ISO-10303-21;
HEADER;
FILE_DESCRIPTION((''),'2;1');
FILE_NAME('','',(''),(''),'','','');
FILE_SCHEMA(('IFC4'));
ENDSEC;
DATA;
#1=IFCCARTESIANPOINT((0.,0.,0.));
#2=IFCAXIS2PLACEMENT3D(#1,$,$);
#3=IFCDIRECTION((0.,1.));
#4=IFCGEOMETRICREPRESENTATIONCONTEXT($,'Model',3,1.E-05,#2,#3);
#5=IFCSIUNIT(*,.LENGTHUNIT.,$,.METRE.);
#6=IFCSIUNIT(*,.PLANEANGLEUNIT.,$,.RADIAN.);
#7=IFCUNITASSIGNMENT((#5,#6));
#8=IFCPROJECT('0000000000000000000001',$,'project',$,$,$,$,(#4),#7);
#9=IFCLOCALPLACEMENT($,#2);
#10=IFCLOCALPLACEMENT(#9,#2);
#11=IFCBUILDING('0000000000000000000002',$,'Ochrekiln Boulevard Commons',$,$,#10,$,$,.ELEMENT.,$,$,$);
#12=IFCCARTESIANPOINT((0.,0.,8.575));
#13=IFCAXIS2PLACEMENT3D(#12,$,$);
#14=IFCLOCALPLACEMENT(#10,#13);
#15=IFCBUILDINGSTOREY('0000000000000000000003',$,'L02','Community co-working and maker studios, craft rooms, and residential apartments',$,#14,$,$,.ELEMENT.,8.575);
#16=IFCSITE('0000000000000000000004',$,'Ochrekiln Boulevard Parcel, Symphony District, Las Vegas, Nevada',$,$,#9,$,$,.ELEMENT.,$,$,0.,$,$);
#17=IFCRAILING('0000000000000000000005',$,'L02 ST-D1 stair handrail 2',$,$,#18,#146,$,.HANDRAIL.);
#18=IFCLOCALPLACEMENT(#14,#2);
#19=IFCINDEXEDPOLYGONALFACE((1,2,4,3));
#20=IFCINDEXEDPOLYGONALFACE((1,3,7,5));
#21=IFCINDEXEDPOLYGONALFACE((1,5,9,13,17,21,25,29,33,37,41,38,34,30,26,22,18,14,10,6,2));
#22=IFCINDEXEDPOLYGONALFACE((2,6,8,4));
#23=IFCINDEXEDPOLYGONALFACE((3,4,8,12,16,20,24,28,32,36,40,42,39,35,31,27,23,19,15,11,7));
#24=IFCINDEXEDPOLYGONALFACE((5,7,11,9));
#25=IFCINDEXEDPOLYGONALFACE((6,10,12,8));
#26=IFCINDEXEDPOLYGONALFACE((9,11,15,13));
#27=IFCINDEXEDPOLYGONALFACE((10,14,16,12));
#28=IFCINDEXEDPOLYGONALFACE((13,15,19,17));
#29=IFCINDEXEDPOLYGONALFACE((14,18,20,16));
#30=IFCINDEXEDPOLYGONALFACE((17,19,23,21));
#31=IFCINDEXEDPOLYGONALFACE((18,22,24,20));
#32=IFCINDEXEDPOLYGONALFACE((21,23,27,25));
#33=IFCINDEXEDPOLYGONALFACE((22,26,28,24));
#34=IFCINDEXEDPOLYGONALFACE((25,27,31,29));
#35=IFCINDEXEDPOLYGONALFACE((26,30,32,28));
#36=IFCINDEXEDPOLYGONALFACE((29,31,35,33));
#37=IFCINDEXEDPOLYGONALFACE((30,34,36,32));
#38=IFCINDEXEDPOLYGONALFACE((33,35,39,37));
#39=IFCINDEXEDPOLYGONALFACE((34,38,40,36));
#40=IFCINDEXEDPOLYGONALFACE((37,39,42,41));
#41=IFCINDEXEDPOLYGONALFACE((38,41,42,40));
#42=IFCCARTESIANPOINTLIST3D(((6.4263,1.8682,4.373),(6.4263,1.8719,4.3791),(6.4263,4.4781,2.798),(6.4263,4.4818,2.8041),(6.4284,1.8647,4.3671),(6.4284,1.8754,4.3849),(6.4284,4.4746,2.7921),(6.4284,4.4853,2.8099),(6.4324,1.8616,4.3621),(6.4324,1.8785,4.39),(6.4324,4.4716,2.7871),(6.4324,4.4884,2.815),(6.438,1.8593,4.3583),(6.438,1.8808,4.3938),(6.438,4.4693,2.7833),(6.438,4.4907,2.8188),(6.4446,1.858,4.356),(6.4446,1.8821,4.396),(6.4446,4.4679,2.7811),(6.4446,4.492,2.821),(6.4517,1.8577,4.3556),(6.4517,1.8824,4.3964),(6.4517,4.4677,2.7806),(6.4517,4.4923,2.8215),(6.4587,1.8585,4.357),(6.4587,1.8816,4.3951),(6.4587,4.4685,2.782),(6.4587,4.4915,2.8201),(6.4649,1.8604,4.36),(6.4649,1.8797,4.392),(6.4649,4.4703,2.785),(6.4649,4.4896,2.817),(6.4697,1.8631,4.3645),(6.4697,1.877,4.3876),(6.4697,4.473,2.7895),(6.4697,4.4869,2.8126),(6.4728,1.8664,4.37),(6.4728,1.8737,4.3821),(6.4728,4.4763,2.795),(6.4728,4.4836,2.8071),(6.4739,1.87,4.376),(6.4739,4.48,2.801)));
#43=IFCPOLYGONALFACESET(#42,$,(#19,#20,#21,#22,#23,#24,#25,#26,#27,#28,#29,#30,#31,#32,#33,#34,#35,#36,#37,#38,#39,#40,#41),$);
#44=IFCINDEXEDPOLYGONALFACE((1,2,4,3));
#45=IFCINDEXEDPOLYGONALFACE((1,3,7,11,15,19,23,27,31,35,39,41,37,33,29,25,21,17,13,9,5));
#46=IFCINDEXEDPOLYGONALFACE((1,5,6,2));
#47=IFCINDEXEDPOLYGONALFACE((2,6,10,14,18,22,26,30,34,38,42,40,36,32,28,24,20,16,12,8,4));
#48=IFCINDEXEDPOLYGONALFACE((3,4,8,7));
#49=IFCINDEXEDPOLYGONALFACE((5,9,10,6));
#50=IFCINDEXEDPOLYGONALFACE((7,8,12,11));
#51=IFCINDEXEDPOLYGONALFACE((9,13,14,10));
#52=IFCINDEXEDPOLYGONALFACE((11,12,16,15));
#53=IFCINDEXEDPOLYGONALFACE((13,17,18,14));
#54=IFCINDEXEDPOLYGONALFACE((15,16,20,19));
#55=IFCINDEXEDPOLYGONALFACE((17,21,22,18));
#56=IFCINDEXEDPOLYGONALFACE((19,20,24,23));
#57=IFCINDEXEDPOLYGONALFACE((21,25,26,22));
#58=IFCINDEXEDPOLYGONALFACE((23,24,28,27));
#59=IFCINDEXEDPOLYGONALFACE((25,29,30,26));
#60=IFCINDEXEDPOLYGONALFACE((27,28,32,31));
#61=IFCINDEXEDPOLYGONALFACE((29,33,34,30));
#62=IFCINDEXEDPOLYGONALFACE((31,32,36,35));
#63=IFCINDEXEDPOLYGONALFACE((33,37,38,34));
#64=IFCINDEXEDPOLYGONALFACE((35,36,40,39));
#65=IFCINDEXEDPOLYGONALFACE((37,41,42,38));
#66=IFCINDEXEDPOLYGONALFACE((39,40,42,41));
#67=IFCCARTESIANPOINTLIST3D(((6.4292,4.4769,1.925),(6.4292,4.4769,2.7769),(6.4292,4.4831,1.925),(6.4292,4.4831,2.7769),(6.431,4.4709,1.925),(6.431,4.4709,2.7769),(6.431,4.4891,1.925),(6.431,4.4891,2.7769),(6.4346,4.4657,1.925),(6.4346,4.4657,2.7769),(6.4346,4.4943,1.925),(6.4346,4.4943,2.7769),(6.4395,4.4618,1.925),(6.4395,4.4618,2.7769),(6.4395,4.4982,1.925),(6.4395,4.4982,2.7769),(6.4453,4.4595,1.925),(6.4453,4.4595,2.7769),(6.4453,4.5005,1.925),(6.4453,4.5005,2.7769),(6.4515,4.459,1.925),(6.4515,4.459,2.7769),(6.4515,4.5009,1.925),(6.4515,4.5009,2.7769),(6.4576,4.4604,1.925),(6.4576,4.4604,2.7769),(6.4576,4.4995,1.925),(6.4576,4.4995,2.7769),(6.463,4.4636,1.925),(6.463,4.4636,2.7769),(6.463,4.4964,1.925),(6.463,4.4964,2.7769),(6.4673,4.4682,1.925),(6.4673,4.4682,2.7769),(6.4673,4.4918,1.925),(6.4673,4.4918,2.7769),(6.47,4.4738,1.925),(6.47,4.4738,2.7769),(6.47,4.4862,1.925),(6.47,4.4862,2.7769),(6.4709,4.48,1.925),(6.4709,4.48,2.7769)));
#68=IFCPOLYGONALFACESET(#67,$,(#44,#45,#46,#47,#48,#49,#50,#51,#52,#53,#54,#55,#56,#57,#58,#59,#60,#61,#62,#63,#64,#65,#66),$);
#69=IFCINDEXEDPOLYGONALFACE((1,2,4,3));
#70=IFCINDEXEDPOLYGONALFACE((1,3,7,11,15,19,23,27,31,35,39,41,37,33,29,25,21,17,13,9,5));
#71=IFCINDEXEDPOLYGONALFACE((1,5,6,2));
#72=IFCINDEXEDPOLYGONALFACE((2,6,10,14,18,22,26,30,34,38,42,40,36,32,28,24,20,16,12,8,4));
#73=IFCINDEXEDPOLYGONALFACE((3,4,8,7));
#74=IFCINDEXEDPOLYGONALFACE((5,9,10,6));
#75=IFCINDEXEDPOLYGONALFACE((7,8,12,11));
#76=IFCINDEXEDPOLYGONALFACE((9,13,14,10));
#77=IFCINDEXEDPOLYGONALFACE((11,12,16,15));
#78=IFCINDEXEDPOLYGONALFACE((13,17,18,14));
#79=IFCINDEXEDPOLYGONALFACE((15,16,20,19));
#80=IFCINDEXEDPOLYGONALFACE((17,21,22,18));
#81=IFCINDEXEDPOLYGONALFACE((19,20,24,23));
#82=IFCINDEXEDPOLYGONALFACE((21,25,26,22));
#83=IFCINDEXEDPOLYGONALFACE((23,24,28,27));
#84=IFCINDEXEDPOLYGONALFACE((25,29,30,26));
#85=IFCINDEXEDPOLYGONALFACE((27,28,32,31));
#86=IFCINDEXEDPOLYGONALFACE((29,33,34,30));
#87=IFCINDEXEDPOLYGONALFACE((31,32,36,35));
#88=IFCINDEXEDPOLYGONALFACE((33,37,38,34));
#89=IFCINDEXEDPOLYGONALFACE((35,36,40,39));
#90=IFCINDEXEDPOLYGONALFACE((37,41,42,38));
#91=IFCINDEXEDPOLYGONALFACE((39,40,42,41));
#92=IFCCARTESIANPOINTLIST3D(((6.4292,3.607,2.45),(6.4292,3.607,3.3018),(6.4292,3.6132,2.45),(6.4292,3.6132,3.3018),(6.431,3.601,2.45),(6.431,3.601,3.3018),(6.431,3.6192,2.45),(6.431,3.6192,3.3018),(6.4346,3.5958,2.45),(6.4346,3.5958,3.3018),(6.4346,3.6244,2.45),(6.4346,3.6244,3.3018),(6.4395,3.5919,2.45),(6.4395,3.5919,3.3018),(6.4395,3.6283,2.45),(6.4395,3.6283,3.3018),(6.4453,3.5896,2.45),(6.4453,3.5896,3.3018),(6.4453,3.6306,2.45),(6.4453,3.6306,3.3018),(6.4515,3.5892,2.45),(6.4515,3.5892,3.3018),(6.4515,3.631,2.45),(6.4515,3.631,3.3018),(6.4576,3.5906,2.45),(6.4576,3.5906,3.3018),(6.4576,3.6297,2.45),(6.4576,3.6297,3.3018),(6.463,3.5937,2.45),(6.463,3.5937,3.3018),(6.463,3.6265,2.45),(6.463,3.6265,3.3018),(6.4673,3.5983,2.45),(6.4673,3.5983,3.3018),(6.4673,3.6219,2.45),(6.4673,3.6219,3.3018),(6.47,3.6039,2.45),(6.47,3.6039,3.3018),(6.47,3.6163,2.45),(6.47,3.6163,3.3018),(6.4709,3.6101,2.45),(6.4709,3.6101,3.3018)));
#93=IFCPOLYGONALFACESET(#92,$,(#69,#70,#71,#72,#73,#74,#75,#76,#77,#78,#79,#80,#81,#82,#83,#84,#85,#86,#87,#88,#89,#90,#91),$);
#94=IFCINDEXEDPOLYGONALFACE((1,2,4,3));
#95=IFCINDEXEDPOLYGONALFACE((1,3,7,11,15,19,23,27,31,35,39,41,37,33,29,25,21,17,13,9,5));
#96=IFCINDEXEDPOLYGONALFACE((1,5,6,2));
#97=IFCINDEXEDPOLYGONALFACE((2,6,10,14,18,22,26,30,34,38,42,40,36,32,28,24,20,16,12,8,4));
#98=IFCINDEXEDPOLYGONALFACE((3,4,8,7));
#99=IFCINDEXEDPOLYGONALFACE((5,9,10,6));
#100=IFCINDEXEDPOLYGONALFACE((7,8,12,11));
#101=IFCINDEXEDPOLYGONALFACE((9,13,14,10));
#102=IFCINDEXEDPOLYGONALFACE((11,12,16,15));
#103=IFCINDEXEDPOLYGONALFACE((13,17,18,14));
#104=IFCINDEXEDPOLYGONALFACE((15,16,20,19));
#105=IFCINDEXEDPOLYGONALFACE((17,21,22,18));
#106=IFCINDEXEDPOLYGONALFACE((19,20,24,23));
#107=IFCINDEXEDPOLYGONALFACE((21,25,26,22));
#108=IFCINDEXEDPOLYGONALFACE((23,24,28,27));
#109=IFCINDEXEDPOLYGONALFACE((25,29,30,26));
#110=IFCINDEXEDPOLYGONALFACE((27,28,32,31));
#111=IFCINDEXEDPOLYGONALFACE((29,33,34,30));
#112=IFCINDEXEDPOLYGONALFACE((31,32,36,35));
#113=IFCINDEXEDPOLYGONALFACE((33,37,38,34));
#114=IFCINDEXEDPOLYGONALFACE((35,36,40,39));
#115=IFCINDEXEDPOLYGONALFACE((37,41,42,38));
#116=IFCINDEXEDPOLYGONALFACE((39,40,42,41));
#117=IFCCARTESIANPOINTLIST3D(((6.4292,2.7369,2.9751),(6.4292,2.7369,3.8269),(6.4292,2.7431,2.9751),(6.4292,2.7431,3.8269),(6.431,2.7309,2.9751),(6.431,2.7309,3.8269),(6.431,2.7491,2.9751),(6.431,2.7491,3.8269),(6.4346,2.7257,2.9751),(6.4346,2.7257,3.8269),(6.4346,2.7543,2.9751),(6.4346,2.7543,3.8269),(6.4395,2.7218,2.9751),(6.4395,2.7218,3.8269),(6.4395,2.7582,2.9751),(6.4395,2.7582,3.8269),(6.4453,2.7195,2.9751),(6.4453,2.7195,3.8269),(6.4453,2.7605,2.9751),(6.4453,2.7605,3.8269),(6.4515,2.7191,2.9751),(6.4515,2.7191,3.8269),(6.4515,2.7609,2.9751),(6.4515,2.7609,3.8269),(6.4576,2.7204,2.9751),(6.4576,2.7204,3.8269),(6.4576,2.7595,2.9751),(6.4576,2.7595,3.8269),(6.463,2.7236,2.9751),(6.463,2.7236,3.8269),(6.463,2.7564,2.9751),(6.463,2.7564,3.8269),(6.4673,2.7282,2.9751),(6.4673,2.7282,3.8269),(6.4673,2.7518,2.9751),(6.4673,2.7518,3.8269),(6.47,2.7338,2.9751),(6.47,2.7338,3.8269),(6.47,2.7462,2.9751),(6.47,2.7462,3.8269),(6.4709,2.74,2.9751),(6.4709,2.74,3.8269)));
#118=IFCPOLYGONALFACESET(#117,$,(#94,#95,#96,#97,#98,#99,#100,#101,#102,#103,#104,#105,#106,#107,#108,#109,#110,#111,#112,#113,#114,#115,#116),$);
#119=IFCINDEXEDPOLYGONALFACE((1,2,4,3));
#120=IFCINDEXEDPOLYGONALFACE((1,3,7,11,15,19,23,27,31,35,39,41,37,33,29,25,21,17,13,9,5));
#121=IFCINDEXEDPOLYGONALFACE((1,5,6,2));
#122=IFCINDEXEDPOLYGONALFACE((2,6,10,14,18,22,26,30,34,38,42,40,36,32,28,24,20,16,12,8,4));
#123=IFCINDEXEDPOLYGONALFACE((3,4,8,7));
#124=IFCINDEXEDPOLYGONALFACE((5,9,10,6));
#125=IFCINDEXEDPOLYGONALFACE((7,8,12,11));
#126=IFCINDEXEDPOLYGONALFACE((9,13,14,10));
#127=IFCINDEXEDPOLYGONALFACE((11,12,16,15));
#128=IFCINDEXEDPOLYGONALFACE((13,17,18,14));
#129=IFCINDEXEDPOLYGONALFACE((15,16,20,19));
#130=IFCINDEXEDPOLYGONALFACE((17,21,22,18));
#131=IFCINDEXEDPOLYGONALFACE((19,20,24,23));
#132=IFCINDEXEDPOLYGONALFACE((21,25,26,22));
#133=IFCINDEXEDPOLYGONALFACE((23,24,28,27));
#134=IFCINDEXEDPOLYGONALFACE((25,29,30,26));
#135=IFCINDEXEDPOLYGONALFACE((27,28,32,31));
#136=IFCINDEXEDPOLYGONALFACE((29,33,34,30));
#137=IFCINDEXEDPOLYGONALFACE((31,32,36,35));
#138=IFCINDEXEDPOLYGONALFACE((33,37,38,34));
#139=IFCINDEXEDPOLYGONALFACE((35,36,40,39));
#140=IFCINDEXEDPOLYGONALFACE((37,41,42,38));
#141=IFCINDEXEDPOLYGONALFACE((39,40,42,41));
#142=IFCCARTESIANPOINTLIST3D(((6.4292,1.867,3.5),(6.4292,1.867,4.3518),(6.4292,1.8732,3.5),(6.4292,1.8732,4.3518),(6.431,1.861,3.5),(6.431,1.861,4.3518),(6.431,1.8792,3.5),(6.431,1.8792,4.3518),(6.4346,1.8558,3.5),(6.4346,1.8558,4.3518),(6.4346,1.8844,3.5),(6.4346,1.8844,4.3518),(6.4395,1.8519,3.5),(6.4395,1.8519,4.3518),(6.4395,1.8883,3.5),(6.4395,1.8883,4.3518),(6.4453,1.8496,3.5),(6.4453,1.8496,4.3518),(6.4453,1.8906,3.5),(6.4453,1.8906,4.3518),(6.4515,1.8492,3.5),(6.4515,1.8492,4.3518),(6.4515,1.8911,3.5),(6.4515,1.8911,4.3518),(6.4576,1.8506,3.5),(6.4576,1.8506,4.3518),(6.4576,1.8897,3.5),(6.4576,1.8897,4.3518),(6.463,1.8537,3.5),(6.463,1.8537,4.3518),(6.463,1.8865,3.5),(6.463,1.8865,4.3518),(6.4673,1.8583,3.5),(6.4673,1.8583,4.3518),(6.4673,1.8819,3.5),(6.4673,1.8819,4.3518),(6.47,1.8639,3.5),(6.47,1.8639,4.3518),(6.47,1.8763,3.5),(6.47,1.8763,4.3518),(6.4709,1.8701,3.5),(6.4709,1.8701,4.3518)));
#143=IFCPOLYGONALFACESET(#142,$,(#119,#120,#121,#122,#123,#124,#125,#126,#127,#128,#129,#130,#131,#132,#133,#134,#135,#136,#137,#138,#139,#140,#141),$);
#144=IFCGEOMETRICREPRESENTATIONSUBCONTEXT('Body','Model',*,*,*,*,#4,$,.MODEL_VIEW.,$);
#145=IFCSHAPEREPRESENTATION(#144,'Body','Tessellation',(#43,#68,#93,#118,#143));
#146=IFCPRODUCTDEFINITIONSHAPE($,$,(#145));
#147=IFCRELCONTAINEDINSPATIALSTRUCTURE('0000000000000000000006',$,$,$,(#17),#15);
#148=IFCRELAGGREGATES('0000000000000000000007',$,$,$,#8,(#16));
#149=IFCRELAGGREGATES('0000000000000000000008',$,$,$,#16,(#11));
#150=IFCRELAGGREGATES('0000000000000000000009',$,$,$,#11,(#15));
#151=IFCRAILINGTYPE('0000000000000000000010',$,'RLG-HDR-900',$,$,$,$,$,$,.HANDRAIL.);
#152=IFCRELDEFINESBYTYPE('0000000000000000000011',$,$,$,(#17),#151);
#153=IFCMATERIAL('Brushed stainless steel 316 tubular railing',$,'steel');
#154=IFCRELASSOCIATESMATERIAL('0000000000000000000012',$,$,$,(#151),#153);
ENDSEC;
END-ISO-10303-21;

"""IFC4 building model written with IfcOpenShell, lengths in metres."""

from ifc_helpers import new_model, si_unit, direction, frame, origin, origin_2d, place, context, subcontext, project, spatial, circle, extrude, material, type_object, element, save


model = new_model("IFC4")

# Units and contexts
model_context = context("Model", 3, precision=1e-05, world=origin(), true_north=direction((0.0, 1.0)))
body_context = subcontext(model_context, "Body", "Model", "MODEL_VIEW")
ifc_project = project(units=[si_unit("LENGTHUNIT", "METRE"), si_unit("PLANEANGLEUNIT", "RADIAN")], contexts=[model_context])

# Site, building, storey
site_placement = place(None, origin())
site = spatial("IfcSite", under=ifc_project, at=site_placement, Name="Ochrekiln Boulevard Parcel, Symphony District, Las Vegas, Nevada", CompositionType="ELEMENT", RefElevation=0.0)
building_placement = place(site_placement, origin())
building = spatial("IfcBuilding", under=site, at=building_placement, Name="Ochrekiln Boulevard Commons", CompositionType="ELEMENT")
storey_placement = place(building_placement, frame((0.0, 0.0, 8.575)))
storey = spatial("IfcBuildingStorey", under=building, at=storey_placement, Name="L02", Description="Community co-working and maker studios, craft rooms, and residential apartments", CompositionType="ELEMENT", Elevation=8.575)

# Railing
ifc_material_1 = material(Name="Brushed stainless steel 316 tubular railing", Category="steel")
railing_type_1 = type_object("IfcRailingType", Name="RLG-HDR-900", PredefinedType="HANDRAIL", material=ifc_material_1)
railing_1_placement = place(storey_placement, frame((6.45, 4.48, 1.925)))
element("IfcRailing", 1, at=railing_1_placement, inside=storey, type_object=railing_type_1, Name="L02 ST-D1 stair handrail 2", PredefinedType="HANDRAIL", context=body_context, shape_type="SweptSolid", body=[
    extrude(circle(Radius=0.0239, at=origin_2d()), frame((0.0, 0.0, 0.876), z_axis=(0.0, -0.856183, 0.516673), x_axis=(1.0, 0.0, 0.0)), (0.0, 0.0, 1.0), 3.0483),
    extrude(circle(Radius=0.021, at=origin_2d()), origin(), (0.0, 0.0, 1.0), 0.8518),
    extrude(circle(Radius=0.021, at=origin_2d()), frame((0.0, -0.8699, 0.5249)), (0.0, 0.0, 1.0), 0.8518),
    extrude(circle(Radius=0.021, at=origin_2d()), frame((0.0, -1.74, 1.05)), (0.0, 0.0, 1.0), 0.8518),
    extrude(circle(Radius=0.021, at=origin_2d()), frame((0.0, -2.6099, 1.575)), (0.0, 0.0, 1.0), 0.8518),
])

save(model, "model.ifc")
